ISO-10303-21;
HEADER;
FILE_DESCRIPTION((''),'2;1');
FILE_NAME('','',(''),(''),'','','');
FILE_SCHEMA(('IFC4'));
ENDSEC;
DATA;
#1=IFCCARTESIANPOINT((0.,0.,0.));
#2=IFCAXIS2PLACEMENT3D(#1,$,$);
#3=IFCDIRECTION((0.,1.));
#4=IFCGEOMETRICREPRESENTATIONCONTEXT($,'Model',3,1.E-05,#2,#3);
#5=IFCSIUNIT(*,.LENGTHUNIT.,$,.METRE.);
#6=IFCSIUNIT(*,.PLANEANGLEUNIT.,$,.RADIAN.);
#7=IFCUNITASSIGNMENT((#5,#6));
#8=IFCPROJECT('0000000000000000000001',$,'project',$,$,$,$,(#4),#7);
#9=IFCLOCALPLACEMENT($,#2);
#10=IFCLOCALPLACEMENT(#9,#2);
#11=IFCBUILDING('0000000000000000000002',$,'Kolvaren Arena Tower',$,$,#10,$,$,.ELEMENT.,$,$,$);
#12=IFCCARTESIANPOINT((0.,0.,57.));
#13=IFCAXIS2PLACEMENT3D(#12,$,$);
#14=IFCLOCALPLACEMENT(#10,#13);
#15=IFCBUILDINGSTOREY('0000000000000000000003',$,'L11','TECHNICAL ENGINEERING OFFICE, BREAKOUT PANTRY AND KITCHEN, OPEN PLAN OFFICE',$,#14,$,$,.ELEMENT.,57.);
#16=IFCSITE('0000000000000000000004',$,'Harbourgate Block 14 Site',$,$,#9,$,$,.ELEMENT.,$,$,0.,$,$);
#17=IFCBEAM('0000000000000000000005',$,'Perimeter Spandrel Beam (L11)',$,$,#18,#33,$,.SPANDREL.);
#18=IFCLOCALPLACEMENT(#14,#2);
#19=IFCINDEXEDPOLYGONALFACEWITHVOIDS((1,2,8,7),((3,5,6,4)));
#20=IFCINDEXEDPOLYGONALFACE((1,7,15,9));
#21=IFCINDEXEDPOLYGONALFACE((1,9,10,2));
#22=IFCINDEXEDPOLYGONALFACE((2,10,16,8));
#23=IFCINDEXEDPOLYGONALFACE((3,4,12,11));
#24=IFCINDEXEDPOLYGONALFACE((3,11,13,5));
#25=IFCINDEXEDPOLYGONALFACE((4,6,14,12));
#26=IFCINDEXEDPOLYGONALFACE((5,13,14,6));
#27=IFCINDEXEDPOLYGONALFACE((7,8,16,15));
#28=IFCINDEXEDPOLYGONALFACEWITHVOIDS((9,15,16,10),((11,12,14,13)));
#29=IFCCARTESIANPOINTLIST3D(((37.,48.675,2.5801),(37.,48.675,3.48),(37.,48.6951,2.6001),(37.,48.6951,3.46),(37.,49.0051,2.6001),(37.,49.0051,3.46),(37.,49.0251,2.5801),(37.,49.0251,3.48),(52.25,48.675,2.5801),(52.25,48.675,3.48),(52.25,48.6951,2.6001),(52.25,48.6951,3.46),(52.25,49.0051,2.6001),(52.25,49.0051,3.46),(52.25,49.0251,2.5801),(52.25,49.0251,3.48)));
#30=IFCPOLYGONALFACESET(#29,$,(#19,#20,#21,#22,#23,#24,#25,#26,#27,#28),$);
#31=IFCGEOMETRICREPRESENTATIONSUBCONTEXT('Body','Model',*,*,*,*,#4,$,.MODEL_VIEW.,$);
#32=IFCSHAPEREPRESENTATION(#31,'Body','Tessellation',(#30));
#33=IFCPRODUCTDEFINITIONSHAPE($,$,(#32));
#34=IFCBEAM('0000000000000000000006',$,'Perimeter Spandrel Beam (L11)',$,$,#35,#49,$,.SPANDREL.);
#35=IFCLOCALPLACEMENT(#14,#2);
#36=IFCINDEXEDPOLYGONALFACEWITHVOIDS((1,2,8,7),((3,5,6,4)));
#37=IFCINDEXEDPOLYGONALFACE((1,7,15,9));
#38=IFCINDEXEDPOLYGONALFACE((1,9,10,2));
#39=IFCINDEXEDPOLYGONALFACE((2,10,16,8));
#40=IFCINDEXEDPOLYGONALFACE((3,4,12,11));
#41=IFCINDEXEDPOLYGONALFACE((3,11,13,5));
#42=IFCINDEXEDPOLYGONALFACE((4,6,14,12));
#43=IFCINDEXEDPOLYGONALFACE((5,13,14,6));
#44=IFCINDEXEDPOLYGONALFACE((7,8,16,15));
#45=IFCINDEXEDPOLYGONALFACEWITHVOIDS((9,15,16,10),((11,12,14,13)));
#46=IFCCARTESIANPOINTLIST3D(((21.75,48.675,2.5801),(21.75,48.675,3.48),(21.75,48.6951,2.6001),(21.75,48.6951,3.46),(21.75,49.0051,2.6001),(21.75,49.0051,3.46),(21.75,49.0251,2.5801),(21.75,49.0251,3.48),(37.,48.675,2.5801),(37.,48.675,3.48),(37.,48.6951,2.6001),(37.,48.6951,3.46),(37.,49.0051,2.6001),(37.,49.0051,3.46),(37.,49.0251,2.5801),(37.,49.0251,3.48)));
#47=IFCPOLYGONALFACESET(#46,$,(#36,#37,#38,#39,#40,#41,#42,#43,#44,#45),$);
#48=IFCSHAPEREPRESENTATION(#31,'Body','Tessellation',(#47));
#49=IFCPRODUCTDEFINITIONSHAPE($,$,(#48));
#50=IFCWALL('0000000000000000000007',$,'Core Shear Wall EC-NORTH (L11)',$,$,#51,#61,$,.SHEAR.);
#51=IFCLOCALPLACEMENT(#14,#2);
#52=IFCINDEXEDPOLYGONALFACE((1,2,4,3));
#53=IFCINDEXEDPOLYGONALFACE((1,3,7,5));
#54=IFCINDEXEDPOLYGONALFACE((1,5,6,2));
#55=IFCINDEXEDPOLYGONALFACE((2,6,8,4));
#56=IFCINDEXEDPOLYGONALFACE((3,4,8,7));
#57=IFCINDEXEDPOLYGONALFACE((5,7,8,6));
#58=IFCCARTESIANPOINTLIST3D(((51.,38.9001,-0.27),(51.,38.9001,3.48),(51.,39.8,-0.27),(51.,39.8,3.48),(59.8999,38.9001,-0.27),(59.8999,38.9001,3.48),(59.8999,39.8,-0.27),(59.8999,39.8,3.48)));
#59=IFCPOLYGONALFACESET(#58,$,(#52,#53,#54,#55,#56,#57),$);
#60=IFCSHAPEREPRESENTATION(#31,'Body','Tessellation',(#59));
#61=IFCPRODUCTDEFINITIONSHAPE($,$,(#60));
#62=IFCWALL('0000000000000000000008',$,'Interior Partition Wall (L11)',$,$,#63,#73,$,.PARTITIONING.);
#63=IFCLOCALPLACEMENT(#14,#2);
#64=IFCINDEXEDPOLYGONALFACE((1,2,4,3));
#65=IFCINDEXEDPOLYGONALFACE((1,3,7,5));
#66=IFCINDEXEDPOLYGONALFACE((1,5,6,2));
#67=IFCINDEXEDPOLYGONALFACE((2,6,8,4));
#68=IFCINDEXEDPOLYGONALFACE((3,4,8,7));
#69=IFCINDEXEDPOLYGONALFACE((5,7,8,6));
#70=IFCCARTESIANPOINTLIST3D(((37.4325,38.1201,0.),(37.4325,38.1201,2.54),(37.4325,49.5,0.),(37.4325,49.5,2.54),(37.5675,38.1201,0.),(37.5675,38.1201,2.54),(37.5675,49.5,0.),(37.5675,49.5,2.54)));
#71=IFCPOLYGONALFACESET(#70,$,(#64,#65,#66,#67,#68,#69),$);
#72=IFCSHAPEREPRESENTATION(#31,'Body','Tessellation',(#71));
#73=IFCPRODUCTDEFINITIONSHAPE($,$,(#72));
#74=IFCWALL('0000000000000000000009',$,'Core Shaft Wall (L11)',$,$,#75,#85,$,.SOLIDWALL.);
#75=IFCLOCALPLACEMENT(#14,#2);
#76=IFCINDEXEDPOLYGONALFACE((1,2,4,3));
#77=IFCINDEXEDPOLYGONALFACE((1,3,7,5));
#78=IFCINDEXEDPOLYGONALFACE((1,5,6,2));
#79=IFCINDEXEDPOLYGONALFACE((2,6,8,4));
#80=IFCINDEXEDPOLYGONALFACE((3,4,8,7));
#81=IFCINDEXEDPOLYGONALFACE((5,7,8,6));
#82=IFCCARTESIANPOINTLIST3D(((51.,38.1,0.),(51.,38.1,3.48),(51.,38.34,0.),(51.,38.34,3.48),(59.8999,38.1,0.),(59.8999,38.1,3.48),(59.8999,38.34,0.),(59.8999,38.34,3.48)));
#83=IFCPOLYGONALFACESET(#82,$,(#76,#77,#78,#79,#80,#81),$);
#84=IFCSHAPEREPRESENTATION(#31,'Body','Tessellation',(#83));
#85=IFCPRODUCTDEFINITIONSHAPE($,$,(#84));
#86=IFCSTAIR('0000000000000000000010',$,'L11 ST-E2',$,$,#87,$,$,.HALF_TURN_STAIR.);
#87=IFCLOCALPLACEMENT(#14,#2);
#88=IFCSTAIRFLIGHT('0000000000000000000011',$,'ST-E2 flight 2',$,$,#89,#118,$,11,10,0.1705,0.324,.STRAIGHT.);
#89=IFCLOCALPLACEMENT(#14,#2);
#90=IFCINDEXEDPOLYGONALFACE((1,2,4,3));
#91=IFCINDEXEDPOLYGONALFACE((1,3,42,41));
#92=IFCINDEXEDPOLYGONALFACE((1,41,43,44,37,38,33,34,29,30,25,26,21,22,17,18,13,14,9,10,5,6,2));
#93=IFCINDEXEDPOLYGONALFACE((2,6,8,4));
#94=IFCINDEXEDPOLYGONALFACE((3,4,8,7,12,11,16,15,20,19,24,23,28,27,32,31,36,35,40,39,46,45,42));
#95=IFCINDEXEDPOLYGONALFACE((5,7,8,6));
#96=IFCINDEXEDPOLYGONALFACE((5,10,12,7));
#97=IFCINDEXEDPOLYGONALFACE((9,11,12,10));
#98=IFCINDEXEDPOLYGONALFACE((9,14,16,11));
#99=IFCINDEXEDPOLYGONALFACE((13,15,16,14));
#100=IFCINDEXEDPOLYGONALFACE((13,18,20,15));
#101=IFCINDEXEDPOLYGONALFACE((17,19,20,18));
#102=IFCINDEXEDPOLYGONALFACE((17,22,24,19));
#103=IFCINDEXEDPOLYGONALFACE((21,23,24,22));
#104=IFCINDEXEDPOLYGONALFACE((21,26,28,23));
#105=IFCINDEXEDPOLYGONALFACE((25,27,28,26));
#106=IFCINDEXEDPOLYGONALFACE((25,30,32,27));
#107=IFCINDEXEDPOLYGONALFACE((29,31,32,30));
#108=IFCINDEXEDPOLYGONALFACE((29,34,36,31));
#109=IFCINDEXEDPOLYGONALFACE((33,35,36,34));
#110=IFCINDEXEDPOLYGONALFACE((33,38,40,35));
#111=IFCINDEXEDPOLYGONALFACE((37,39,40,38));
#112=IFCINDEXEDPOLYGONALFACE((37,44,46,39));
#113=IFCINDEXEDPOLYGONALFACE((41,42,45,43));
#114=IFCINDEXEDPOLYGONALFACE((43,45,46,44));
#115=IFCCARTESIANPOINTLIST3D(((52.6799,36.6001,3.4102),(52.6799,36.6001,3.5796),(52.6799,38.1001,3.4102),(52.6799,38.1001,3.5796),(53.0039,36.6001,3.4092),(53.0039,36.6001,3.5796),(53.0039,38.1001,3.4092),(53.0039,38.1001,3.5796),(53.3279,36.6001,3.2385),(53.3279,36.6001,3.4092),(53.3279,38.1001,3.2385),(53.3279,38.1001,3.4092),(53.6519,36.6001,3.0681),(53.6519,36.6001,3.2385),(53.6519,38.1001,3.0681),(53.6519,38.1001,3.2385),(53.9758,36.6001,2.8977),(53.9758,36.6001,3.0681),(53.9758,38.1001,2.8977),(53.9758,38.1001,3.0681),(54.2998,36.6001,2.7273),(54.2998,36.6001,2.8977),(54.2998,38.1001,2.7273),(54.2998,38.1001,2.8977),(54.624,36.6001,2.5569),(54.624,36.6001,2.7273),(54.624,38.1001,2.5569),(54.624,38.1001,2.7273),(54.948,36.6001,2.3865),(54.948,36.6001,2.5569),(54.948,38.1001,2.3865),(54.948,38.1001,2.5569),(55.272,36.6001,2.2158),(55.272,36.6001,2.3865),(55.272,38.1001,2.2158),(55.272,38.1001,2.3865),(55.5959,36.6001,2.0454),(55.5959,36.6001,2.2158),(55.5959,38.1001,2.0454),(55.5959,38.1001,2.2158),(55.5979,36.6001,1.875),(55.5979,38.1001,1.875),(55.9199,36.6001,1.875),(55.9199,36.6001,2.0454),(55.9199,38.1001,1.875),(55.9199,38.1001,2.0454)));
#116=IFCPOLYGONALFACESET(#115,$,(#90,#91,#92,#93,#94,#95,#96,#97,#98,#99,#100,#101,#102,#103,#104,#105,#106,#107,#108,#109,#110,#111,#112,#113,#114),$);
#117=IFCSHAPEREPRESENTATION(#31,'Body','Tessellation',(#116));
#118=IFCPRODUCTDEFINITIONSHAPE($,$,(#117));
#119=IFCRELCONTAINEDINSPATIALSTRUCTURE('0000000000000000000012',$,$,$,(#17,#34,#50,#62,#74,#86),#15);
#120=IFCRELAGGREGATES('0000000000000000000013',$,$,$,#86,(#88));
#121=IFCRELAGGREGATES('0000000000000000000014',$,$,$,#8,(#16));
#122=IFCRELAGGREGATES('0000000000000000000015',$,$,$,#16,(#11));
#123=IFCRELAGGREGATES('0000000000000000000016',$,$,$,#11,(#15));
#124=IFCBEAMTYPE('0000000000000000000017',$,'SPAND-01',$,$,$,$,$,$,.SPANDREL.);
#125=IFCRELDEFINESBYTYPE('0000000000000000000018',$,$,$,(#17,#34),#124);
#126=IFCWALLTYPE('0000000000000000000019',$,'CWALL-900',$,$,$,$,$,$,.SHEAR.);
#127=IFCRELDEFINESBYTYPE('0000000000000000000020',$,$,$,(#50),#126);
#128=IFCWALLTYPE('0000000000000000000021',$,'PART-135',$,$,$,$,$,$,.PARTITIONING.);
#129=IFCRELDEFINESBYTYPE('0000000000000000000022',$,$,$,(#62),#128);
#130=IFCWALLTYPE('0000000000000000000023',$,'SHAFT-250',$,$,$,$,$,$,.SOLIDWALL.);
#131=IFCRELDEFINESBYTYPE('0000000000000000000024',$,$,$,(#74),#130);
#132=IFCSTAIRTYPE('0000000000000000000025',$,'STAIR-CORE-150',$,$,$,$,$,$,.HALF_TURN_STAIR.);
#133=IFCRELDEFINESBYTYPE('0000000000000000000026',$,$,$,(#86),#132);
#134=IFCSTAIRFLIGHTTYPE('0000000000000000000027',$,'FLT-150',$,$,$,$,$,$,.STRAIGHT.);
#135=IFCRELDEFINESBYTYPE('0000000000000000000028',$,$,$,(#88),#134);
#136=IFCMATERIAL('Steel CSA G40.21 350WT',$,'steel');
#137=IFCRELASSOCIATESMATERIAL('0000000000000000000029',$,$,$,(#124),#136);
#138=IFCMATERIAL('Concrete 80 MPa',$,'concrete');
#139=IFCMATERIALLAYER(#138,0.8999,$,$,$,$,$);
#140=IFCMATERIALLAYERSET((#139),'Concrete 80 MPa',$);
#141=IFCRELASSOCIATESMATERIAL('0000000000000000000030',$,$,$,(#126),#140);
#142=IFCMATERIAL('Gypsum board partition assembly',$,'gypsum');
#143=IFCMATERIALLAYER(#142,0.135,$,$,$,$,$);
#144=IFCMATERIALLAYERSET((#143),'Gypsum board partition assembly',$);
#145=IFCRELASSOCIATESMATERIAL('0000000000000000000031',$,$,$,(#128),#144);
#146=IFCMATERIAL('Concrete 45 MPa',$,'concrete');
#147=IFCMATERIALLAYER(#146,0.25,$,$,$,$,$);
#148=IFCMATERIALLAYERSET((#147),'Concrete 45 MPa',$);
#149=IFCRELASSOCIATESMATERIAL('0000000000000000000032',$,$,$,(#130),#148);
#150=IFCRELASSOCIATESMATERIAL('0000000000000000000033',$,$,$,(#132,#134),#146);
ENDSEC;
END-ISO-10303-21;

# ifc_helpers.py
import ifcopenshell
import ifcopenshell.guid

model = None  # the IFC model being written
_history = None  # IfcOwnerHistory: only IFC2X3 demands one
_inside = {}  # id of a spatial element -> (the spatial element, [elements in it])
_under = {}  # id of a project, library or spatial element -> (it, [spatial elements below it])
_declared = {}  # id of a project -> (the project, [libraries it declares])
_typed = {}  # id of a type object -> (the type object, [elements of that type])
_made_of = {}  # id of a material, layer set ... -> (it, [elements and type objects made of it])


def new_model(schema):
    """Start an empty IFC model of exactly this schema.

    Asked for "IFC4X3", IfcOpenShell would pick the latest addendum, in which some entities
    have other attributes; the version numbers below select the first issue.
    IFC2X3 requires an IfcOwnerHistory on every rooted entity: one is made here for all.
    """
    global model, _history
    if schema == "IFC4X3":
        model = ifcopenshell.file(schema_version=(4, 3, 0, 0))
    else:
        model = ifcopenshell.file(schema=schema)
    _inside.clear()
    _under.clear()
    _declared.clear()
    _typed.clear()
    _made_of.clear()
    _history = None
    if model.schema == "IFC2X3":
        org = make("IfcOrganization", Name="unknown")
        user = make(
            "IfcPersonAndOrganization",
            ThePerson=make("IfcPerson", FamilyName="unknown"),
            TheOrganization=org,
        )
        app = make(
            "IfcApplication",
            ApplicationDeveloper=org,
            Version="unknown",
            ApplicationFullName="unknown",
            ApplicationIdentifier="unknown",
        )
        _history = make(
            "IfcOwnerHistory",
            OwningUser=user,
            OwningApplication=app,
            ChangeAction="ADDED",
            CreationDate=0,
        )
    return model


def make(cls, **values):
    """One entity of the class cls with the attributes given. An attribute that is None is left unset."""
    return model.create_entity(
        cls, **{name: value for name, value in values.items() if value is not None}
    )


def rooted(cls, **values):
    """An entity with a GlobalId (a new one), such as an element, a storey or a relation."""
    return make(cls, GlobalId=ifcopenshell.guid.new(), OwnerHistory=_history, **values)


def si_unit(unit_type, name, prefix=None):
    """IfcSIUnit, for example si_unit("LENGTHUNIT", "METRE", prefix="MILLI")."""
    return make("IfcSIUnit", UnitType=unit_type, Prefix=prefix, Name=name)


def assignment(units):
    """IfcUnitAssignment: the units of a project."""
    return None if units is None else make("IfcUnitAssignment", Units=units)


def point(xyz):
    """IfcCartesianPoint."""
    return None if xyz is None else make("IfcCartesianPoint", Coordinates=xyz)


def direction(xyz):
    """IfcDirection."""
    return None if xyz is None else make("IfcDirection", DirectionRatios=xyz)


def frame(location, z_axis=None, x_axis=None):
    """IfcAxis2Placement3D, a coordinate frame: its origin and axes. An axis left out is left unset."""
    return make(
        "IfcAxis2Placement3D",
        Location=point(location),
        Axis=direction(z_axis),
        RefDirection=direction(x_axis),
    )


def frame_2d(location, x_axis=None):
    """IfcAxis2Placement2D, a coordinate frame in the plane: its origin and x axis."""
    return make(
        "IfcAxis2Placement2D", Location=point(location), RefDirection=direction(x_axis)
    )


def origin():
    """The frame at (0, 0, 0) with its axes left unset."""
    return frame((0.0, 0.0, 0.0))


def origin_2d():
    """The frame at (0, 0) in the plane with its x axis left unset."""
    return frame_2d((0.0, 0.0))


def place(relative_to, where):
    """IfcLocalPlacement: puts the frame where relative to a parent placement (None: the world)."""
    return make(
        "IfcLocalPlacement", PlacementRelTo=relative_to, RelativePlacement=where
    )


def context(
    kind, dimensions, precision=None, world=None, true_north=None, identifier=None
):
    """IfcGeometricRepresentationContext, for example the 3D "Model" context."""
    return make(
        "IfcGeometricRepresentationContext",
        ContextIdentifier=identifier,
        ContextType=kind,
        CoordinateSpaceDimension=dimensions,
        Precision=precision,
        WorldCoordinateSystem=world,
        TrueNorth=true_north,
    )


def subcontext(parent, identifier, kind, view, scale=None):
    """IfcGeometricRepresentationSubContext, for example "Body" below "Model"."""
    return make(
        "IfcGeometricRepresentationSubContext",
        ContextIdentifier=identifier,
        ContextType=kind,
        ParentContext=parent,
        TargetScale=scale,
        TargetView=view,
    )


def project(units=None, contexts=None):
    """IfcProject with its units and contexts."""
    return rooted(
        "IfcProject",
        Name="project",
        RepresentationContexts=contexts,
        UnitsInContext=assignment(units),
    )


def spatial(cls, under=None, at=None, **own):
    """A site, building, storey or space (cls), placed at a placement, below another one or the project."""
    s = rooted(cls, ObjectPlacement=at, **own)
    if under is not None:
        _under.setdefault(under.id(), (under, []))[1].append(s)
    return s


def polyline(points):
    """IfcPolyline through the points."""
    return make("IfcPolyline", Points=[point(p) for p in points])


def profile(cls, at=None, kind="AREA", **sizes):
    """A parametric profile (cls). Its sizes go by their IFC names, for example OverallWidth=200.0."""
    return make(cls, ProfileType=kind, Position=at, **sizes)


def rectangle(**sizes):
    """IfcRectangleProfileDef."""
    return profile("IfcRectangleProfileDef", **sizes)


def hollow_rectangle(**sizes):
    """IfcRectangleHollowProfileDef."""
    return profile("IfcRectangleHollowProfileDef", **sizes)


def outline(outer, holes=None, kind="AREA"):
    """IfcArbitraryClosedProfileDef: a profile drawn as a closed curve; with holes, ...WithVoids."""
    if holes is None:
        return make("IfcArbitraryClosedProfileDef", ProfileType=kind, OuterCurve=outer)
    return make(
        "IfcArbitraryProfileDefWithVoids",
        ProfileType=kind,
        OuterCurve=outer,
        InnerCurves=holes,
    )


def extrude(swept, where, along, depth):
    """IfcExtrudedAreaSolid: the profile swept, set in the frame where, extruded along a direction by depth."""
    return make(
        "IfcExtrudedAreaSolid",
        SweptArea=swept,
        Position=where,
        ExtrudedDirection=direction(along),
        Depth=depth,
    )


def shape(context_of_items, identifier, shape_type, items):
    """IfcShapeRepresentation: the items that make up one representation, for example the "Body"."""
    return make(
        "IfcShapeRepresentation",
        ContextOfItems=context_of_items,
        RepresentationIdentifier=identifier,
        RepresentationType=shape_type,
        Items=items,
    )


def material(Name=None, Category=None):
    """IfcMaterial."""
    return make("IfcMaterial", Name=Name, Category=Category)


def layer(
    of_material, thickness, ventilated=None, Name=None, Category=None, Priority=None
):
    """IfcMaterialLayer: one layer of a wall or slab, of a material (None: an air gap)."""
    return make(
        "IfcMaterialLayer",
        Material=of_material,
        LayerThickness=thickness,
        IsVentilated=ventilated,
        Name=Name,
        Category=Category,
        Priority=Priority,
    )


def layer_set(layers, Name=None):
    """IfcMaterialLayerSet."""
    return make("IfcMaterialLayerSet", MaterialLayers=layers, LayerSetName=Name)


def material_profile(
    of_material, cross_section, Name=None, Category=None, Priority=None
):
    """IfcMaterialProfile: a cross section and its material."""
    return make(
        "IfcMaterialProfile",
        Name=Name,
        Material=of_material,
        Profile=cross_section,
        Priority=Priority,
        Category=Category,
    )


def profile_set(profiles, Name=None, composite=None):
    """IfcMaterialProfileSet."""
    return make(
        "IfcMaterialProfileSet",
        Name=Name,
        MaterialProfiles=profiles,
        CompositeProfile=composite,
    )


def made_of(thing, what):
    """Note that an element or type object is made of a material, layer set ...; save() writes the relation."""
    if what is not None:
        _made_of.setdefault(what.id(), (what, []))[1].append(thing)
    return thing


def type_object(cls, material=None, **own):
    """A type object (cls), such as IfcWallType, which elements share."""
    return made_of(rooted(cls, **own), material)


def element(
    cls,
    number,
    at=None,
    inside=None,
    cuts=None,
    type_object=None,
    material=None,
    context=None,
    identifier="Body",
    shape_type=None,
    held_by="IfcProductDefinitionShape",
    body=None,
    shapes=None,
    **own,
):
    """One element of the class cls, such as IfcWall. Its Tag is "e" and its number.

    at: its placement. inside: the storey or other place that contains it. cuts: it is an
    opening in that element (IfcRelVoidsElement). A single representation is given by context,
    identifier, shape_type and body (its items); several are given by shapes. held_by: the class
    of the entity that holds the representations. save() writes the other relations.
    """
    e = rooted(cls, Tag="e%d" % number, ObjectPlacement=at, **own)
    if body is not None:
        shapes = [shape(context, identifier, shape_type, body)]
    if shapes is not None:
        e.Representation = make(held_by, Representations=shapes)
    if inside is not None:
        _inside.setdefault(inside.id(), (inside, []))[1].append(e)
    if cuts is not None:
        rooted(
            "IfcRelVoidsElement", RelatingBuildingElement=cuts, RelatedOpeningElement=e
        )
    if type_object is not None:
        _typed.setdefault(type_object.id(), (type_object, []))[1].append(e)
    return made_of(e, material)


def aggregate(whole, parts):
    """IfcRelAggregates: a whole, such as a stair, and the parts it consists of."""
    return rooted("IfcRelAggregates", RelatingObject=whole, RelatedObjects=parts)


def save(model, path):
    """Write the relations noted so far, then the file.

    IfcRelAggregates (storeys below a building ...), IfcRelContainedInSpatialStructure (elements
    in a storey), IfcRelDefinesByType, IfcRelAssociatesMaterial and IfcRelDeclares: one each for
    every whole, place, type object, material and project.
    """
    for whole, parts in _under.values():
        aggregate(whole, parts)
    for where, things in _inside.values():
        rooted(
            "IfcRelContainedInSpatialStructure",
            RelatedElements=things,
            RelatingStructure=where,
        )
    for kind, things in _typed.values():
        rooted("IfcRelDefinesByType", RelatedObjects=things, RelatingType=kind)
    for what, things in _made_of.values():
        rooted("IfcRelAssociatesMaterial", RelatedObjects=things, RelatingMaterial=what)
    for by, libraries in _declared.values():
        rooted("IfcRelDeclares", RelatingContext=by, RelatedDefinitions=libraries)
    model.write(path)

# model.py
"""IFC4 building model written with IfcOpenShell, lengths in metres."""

from ifc_helpers import new_model, si_unit, direction, frame, frame_2d, origin, origin_2d, place, context, subcontext, project, spatial, polyline, rectangle, hollow_rectangle, outline, extrude, material, layer, layer_set, material_profile, profile_set, type_object, element, aggregate, save


model = new_model("IFC4")

# Units and contexts
model_context = context("Model", 3, precision=1e-05, world=origin(), true_north=direction((0.0, 1.0)))
body_context = subcontext(model_context, "Body", "Model", "MODEL_VIEW")
ifc_project = project(units=[si_unit("LENGTHUNIT", "METRE"), si_unit("PLANEANGLEUNIT", "RADIAN")], contexts=[model_context])

# Site, building, storey
site_placement = place(None, origin())
site = spatial("IfcSite", under=ifc_project, at=site_placement, Name="Harbourgate Block 14 Site", CompositionType="ELEMENT", RefElevation=0.0)
building_placement = place(site_placement, origin())
building = spatial("IfcBuilding", under=site, at=building_placement, Name="Kolvaren Arena Tower", CompositionType="ELEMENT")
storey_placement = place(building_placement, frame((0.0, 0.0, 57.0)))
storey = spatial("IfcBuildingStorey", under=building, at=storey_placement, Name="L11", Description="TECHNICAL ENGINEERING OFFICE, BREAKOUT PANTRY AND KITCHEN, OPEN PLAN OFFICE", CompositionType="ELEMENT", Elevation=57.0)

# Beams
ifc_material_1 = material(Name="Steel CSA G40.21 350WT", Category="steel")
ifc_material_profile_1 = material_profile(ifc_material_1, hollow_rectangle(XDim=0.3501, YDim=0.8999, WallThickness=0.02, at=origin_2d()), Name="HSS 900x350x20")
ifc_profile_set_1 = profile_set([ifc_material_profile_1], Name="Steel CSA G40.21 350WT")
beam_type_1 = type_object("IfcBeamType", Name="SPAND-01", PredefinedType="SPANDREL", material=ifc_profile_set_1)
for number, where, z_axis, x_axis, name in (
    (1, (52.25, 48.8501, 3.03), (-1.0, 0.0, 0.0), (0.0, -1.0, 0.0), "Perimeter Spandrel Beam (L11)"),
    (2, (37.0, 48.8501, 3.03), (-1.0, 0.0, 0.0), (0.0, -1.0, 0.0), "Perimeter Spandrel Beam (L11)"),
):
    element("IfcBeam", number, at=place(storey_placement, frame(where, z_axis=z_axis, x_axis=x_axis)), inside=storey, type_object=beam_type_1, Name=name, PredefinedType="SPANDREL", context=body_context, shape_type="SweptSolid", body=[
        extrude(hollow_rectangle(XDim=0.3501, YDim=0.8999, WallThickness=0.02, at=origin_2d()), origin(), (0.0, 0.0, 1.0), 15.25),
    ])

# Walls
ifc_material_2 = material(Name="Concrete 80 MPa", Category="concrete")
ifc_layer_1 = layer(ifc_material_2, 0.8999)
ifc_layer_set_1 = layer_set([ifc_layer_1], Name="Concrete 80 MPa")
wall_type_1 = type_object("IfcWallType", Name="CWALL-900", PredefinedType="SHEAR", material=ifc_layer_set_1)
wall_1_placement = place(storey_placement, frame((51.0, 39.3501, -0.27), z_axis=(0.0, 0.0, 1.0), x_axis=(1.0, 0.0, 0.0)))
element("IfcWall", 3, at=wall_1_placement, inside=storey, type_object=wall_type_1, Name="Core Shear Wall EC-NORTH (L11)", PredefinedType="SHEAR", context=body_context, shape_type="SweptSolid", body=[
    extrude(rectangle(XDim=8.8999, YDim=0.8999, at=frame_2d((4.45, 0.0))), origin(), (0.0, 0.0, 1.0), 3.75),
])
ifc_material_3 = material(Name="Gypsum board partition assembly", Category="gypsum")
ifc_layer_2 = layer(ifc_material_3, 0.135)
ifc_layer_set_2 = layer_set([ifc_layer_2], Name="Gypsum board partition assembly")
wall_type_2 = type_object("IfcWallType", Name="PART-135", PredefinedType="PARTITIONING", material=ifc_layer_set_2)
wall_2_placement = place(storey_placement, frame((37.5, 38.1201, 0.0), z_axis=(0.0, 0.0, 1.0), x_axis=(0.0, 1.0, 0.0)))
element("IfcWall", 4, at=wall_2_placement, inside=storey, type_object=wall_type_2, Name="Interior Partition Wall (L11)", PredefinedType="PARTITIONING", context=body_context, shape_type="SweptSolid", body=[
    extrude(rectangle(XDim=11.3799, YDim=0.135, at=frame_2d((5.6899, 0.0))), origin(), (0.0, 0.0, 1.0), 2.54),
])
ifc_material_4 = material(Name="Concrete 45 MPa", Category="concrete")
ifc_layer_3 = layer(ifc_material_4, 0.25)
ifc_layer_set_3 = layer_set([ifc_layer_3], Name="Concrete 45 MPa")
wall_type_3 = type_object("IfcWallType", Name="SHAFT-250", PredefinedType="SOLIDWALL", material=ifc_layer_set_3)
wall_3_placement = place(storey_placement, frame((51.0, 38.22, 0.0), z_axis=(0.0, 0.0, 1.0), x_axis=(1.0, 0.0, 0.0)))
element("IfcWall", 5, at=wall_3_placement, inside=storey, type_object=wall_type_3, Name="Core Shaft Wall (L11)", PredefinedType="SOLIDWALL", context=body_context, shape_type="SweptSolid", body=[
    extrude(rectangle(XDim=8.8999, YDim=0.24, at=frame_2d((4.45, 0.0))), origin(), (0.0, 0.0, 1.0), 3.48),
])

# Stair, stair flight
stair_type = type_object("IfcStairType", Name="STAIR-CORE-150", PredefinedType="HALF_TURN_STAIR", material=ifc_material_4)
stair_placement = place(storey_placement, origin())
stair = element("IfcStair", 6, at=stair_placement, inside=storey, type_object=stair_type, Name="L11 ST-E2", PredefinedType="HALF_TURN_STAIR")
stair_flight_type = type_object("IfcStairFlightType", Name="FLT-150", PredefinedType="STRAIGHT", material=ifc_material_4)
stair_flight_placement = place(storey_placement, frame((55.9199, 37.3501, 1.875), z_axis=(0.0, 0.0, 1.0), x_axis=(-1.0, 0.0, 0.0)))
stair_flight = element("IfcStairFlight", 7, at=stair_flight_placement, type_object=stair_flight_type, Name="ST-E2 flight 2", NumberOfRisers=11, NumberOfTreads=10, PredefinedType="STRAIGHT", RiserHeight=0.1705, TreadLength=0.324, context=body_context, shape_type="SweptSolid", body=[
    extrude(outline(polyline([(0.0, 0.0), (0.0, 0.1704), (0.324, 0.1704), (0.324, 0.3408), (0.6479, 0.3408), (0.6479, 0.5115), (0.9719, 0.5115), (0.9719, 0.6819), (1.2959, 0.6819), (1.2959, 0.8523), (1.6201, 0.8523), (1.6201, 1.0227), (1.9441, 1.0227), (1.9441, 1.1931), (2.2681, 1.1931), (2.2681, 1.3635), (2.592, 1.3635), (2.592, 1.5342), (2.916, 1.5342), (2.916, 1.7046), (3.24, 1.7046), (3.24, 1.875), (3.24, 1.5352), (0.322, 0.0), (0.0, 0.0)])), frame((0.0, 0.75, 0.0), z_axis=(0.0, -1.0, 0.0), x_axis=(1.0, 0.0, 0.0)), (0.0, 0.0, 1.0), 1.5),
])
aggregate(stair, [stair_flight])

save(model, "model.ifc")
